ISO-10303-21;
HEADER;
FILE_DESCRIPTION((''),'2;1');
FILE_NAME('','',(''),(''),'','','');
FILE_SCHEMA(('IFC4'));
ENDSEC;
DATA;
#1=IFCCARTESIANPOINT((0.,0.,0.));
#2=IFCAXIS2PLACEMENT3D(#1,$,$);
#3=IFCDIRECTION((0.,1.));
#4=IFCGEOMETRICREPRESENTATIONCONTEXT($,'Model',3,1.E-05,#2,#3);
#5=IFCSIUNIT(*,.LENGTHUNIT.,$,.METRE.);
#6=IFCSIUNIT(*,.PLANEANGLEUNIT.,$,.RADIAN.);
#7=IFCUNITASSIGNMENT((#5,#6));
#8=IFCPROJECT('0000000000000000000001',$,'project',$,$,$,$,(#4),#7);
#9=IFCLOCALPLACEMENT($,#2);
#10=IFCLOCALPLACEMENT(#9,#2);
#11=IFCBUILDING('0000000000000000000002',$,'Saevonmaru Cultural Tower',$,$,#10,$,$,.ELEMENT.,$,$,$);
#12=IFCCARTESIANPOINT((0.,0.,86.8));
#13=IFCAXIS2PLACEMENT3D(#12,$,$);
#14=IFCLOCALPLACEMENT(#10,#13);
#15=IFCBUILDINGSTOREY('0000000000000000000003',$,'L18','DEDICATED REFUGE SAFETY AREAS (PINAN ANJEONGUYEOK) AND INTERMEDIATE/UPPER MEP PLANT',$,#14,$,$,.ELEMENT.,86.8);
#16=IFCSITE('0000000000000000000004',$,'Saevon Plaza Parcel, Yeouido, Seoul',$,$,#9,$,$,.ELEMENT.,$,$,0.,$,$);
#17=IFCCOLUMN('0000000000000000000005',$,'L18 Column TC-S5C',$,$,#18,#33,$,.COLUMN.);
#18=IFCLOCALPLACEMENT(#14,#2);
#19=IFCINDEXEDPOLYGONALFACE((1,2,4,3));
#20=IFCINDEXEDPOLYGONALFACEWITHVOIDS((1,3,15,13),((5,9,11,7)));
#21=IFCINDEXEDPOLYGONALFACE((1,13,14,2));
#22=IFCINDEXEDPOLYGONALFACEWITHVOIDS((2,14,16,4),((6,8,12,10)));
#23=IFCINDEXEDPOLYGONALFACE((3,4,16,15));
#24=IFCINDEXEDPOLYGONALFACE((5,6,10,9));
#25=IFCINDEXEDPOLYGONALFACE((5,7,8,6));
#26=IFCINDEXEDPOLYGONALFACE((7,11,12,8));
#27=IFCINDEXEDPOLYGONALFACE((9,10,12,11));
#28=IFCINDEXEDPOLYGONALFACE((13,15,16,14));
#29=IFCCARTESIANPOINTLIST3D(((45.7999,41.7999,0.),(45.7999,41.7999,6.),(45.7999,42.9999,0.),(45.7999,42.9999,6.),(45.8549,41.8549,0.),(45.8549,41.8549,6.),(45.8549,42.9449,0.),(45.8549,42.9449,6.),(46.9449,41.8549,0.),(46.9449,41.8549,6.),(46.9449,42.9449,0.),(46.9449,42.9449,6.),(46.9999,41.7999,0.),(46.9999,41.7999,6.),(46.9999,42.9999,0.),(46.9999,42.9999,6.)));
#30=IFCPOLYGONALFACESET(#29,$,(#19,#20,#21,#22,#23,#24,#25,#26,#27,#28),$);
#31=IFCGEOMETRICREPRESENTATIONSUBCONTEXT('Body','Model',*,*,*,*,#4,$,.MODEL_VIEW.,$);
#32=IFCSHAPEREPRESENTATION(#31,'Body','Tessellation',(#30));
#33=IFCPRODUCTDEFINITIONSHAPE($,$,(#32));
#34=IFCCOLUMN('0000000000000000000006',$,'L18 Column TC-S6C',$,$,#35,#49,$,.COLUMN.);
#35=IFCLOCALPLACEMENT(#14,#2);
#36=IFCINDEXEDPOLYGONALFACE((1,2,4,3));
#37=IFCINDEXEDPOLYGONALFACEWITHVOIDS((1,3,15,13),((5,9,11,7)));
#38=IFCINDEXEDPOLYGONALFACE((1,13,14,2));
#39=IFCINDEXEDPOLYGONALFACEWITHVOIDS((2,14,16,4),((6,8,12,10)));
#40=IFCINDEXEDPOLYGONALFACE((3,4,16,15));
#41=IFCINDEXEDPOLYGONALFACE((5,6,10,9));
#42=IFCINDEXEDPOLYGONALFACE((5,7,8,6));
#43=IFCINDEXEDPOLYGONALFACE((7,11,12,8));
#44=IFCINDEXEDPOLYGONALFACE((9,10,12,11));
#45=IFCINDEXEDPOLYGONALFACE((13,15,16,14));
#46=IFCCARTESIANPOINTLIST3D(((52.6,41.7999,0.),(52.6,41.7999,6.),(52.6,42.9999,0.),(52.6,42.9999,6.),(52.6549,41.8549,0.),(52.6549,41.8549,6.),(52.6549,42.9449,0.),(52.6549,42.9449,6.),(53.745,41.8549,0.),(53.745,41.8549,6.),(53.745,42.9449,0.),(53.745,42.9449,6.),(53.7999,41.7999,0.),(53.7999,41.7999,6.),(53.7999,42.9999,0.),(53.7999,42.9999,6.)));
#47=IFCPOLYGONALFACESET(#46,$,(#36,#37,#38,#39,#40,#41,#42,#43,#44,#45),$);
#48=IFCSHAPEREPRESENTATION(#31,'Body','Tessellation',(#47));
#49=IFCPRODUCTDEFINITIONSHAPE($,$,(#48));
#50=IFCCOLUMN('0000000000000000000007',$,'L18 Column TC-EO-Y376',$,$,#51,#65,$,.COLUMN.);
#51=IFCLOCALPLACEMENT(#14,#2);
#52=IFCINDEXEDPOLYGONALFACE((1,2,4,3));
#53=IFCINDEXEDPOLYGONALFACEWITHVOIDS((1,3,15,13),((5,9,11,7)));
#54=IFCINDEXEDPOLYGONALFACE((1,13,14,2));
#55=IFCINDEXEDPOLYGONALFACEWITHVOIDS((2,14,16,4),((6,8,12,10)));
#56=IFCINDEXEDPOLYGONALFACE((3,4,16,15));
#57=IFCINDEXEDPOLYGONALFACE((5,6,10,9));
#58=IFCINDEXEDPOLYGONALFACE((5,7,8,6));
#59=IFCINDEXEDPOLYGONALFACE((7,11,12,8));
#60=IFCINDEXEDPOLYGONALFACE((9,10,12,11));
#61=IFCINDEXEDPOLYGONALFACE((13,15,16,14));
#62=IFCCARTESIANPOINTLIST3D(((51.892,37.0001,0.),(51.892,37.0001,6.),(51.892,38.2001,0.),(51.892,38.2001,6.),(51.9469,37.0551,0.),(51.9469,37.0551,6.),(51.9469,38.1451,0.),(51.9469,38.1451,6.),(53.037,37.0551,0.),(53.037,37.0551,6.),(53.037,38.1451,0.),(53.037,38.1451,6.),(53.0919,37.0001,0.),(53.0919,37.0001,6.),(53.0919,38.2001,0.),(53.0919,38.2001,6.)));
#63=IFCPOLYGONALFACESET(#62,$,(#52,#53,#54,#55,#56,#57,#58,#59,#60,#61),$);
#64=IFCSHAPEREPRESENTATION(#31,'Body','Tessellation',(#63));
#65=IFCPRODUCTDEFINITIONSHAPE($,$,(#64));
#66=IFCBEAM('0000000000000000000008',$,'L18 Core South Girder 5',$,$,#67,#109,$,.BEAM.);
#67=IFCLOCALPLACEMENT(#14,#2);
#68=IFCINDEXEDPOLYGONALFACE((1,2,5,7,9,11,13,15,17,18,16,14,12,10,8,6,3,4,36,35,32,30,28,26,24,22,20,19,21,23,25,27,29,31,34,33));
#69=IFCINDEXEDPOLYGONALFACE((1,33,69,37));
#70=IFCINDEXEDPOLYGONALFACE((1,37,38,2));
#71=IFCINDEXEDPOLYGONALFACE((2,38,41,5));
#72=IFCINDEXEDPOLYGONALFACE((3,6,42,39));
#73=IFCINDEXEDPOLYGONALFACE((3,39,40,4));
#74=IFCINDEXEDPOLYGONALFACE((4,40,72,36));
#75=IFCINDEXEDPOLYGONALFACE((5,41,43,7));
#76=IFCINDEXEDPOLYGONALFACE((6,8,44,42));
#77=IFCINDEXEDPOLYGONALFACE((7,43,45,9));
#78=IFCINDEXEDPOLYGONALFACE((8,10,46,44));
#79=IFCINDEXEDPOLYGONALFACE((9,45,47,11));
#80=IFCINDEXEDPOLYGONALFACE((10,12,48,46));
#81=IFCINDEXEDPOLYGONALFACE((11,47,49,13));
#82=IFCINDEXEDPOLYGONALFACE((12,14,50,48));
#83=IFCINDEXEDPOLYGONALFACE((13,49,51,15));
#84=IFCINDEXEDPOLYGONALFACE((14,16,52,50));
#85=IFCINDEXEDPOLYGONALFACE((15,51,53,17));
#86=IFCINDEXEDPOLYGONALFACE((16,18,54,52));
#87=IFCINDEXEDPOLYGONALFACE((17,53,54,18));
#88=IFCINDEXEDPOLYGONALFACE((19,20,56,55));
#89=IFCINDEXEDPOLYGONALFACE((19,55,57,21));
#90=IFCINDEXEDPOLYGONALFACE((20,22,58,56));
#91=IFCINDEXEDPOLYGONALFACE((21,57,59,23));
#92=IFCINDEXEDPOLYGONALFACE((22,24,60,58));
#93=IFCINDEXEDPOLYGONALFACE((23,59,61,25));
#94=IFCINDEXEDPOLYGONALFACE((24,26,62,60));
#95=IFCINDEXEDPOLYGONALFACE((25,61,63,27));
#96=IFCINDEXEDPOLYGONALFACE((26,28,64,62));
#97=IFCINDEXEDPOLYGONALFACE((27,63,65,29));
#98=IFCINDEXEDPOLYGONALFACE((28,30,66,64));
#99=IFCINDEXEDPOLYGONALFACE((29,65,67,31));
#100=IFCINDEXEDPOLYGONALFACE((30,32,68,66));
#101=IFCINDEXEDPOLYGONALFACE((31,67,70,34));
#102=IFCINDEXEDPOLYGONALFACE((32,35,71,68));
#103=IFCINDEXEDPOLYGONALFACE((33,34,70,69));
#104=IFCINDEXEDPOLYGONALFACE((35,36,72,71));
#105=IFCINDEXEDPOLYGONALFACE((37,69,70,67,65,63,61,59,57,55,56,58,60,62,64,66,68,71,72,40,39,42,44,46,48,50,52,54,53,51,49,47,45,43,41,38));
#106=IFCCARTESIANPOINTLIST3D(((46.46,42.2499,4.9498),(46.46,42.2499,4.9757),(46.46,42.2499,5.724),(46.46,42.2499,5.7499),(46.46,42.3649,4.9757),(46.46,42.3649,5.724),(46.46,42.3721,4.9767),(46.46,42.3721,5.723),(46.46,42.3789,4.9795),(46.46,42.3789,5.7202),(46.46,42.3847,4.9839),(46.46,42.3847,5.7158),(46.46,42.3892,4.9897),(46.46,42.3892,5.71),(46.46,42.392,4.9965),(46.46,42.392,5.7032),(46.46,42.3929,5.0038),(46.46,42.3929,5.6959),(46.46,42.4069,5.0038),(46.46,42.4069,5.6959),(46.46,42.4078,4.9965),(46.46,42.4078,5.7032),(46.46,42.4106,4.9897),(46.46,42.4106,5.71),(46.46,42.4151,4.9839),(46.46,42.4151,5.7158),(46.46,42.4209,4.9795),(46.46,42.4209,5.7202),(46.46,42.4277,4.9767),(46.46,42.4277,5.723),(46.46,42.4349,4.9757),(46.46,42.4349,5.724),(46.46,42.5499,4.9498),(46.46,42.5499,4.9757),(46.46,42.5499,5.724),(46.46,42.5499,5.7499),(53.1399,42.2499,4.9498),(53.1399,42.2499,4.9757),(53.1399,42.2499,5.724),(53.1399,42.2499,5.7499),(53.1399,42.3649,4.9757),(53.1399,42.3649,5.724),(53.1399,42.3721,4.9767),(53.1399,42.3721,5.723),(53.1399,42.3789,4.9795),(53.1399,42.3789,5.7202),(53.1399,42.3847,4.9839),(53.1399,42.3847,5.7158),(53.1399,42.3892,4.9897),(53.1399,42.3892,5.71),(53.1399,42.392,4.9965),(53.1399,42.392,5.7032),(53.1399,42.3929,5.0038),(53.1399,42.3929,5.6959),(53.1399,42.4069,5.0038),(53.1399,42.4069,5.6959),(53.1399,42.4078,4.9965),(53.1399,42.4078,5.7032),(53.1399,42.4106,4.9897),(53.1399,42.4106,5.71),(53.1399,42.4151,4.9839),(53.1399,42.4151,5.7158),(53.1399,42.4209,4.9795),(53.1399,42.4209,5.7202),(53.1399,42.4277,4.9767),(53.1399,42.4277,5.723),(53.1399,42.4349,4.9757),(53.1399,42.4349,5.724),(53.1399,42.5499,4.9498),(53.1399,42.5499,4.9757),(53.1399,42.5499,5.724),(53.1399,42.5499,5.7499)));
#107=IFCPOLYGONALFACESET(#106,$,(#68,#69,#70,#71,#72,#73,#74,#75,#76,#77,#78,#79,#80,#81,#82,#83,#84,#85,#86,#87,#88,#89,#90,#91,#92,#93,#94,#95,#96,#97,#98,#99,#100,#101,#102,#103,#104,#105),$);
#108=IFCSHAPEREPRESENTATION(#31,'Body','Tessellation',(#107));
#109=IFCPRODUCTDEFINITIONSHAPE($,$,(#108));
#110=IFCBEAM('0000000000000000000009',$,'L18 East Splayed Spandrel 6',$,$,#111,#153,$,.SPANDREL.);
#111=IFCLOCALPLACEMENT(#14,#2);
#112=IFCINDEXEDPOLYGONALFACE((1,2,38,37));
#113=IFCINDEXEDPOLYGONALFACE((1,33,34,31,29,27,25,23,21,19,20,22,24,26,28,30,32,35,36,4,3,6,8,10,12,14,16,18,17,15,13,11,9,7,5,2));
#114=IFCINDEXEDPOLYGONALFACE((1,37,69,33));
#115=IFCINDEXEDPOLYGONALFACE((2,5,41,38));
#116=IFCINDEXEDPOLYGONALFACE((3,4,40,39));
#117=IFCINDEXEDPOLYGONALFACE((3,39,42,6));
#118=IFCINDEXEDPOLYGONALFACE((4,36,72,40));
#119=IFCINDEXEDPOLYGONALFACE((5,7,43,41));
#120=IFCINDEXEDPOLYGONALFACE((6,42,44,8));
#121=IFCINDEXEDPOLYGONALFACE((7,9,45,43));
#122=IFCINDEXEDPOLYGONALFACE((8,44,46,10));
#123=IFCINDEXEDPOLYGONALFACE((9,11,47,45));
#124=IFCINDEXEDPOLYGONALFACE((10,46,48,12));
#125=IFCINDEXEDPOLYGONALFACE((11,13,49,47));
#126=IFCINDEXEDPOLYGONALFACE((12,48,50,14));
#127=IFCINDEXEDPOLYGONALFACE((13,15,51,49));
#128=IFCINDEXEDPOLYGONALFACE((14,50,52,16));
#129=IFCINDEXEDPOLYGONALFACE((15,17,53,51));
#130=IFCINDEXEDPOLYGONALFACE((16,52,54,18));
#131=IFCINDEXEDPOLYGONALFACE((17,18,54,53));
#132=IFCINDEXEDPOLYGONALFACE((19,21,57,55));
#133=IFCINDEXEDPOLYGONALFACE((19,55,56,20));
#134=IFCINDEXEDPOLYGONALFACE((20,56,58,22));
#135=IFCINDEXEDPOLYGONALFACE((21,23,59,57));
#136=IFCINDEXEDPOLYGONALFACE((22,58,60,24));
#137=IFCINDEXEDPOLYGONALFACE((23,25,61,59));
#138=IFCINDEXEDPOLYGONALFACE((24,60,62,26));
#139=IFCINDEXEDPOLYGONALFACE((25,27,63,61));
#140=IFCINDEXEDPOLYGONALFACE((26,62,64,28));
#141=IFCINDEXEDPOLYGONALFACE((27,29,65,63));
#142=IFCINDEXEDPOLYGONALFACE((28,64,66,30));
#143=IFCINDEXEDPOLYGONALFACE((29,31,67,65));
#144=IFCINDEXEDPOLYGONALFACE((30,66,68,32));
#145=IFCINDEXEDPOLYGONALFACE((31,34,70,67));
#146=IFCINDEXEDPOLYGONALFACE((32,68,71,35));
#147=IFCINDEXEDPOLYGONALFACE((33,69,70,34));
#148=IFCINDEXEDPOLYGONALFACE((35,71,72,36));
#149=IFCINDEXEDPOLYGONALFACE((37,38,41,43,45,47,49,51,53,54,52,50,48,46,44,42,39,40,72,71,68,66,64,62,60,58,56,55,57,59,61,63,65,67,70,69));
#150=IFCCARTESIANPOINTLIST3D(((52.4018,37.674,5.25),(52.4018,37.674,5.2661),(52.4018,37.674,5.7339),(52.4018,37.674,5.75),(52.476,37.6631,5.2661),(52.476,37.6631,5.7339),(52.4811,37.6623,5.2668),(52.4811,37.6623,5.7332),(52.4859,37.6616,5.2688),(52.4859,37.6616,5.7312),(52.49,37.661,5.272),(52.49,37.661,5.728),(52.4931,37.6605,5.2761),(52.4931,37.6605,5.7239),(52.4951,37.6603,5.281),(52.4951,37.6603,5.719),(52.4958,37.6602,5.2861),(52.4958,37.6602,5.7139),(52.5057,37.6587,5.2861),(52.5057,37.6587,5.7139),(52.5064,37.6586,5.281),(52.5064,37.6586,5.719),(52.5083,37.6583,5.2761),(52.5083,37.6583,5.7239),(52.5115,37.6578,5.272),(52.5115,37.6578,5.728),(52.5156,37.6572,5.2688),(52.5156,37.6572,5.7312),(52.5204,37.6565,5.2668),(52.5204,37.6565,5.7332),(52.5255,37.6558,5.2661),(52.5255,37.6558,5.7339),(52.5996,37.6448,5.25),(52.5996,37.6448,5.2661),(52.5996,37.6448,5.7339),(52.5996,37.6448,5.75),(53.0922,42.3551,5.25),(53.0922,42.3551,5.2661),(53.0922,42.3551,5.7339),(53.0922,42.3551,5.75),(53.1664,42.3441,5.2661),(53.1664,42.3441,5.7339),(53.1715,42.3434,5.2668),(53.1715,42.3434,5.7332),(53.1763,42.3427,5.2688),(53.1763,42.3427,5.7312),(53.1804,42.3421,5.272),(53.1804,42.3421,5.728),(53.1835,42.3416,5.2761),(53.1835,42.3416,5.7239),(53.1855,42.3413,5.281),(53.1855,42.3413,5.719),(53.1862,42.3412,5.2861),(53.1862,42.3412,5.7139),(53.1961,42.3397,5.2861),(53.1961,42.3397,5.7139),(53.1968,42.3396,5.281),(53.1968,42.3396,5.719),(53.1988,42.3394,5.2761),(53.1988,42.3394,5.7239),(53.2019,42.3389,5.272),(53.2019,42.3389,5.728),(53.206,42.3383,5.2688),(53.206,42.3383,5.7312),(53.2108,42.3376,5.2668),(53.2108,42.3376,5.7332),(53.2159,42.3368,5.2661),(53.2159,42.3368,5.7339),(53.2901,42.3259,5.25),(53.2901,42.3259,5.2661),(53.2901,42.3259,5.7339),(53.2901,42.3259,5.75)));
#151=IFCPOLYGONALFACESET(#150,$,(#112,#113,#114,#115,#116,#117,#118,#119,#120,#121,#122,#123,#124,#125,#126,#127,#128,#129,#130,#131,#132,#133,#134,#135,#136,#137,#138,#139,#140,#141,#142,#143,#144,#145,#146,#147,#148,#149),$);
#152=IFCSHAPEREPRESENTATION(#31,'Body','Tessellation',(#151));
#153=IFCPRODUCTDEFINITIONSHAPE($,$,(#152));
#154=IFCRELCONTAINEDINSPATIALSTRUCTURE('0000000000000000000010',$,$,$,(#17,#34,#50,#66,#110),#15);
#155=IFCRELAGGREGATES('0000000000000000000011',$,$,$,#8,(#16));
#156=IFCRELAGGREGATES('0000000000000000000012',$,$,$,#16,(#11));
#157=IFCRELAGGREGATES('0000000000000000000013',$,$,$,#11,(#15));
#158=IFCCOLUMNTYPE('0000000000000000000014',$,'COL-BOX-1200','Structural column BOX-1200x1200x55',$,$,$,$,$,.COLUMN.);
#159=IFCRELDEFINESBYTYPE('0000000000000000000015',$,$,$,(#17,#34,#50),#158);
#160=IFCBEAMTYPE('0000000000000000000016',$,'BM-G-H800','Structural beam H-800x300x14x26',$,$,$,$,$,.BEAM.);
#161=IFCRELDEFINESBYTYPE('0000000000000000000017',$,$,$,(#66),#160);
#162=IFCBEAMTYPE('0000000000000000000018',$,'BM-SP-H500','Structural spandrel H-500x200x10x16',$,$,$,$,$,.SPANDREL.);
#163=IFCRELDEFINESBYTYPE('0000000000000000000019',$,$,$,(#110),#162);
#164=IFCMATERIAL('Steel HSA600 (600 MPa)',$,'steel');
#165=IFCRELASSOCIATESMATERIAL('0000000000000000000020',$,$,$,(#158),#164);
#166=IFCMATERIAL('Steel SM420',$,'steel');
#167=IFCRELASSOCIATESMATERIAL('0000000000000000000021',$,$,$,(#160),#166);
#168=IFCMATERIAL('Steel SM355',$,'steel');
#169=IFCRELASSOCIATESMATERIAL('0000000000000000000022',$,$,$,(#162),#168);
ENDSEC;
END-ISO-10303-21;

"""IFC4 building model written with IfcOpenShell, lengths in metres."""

from ifc_helpers import new_model, si_unit, direction, frame, origin, origin_2d, place, context, subcontext, project, spatial, hollow_rectangle, i_section, extrude, material, material_profile, profile_set, type_object, element, save


model = new_model("IFC4")

# Units and contexts
model_context = context("Model", 3, precision=1e-05, world=origin(), true_north=direction((0.0, 1.0)))
body_context = subcontext(model_context, "Body", "Model", "MODEL_VIEW")
ifc_project = project(units=[si_unit("LENGTHUNIT", "METRE"), si_unit("PLANEANGLEUNIT", "RADIAN")], contexts=[model_context])

# Site, building, storey
site_placement = place(None, origin())
site = spatial("IfcSite", under=ifc_project, at=site_placement, Name="Saevon Plaza Parcel, Yeouido, Seoul", CompositionType="ELEMENT", RefElevation=0.0)
building_placement = place(site_placement, origin())
building = spatial("IfcBuilding", under=site, at=building_placement, Name="Saevonmaru Cultural Tower", CompositionType="ELEMENT")
storey_placement = place(building_placement, frame((0.0, 0.0, 86.8)))
storey = spatial("IfcBuildingStorey", under=building, at=storey_placement, Name="L18", Description="DEDICATED REFUGE SAFETY AREAS (PINAN ANJEONGUYEOK) AND INTERMEDIATE/UPPER MEP PLANT", CompositionType="ELEMENT", Elevation=86.8)

# Columns
ifc_material_1 = material(Name="Steel HSA600 (600 MPa)", Category="steel")
ifc_material_profile_1 = material_profile(ifc_material_1, hollow_rectangle(XDim=1.2, YDim=1.2, WallThickness=0.0549, at=origin_2d()), Name="BOX-1200x1200x55")
ifc_profile_set_1 = profile_set([ifc_material_profile_1], Name="Steel HSA600 (600 MPa)")
column_type = type_object("IfcColumnType", Name="COL-BOX-1200", Description="Structural column BOX-1200x1200x55", PredefinedType="COLUMN", material=ifc_profile_set_1)
for number, where, z_axis, x_axis, name in (
    (1, (46.3999, 42.3999, 0.0), (0.0, 0.0, 1.0), (1.0, 0.0, 0.0), "L18 Column TC-S5C"),
    (2, (53.2, 42.3999, 0.0), (0.0, 0.0, 1.0), (1.0, 0.0, 0.0), "L18 Column TC-S6C"),
    (3, (52.4919, 37.6001, 0.0), (0.0, 0.0, 1.0), (1.0, 0.0, 0.0), "L18 Column TC-EO-Y376"),
):
    element("IfcColumn", number, at=place(storey_placement, frame(where, z_axis=z_axis, x_axis=x_axis)), inside=storey, type_object=column_type, Name=name, PredefinedType="COLUMN", context=body_context, shape_type="SweptSolid", body=[
        extrude(hollow_rectangle(XDim=1.2, YDim=1.2, WallThickness=0.0549, at=origin_2d()), origin(), (0.0, 0.0, 1.0), 6.0),
    ])

# Beams
ifc_material_2 = material(Name="Steel SM420", Category="steel")
ifc_material_profile_2 = material_profile(ifc_material_2, i_section(OverallWidth=0.3, OverallDepth=0.8, WebThickness=0.0139, FlangeThickness=0.0259, FilletRadius=0.0281, at=origin_2d()), Name="H-800x300x14x26")
ifc_profile_set_2 = profile_set([ifc_material_profile_2], Name="Steel SM420")
beam_type_1 = type_object("IfcBeamType", Name="BM-G-H800", Description="Structural beam H-800x300x14x26", PredefinedType="BEAM", material=ifc_profile_set_2)
beam_1_placement = place(storey_placement, frame((46.46, 42.3999, 5.3499), z_axis=(1.0, 0.0, 0.0), x_axis=(0.0, 1.0, 0.0)))
element("IfcBeam", 4, at=beam_1_placement, inside=storey, type_object=beam_type_1, Name="L18 Core South Girder 5", PredefinedType="BEAM", context=body_context, shape_type="SweptSolid", body=[
    extrude(i_section(OverallWidth=0.3, OverallDepth=0.8, WebThickness=0.0139, FlangeThickness=0.0259, FilletRadius=0.0281, at=origin_2d()), origin(), (0.0, 0.0, 1.0), 6.6799),
])
ifc_material_3 = material(Name="Steel SM355", Category="steel")
ifc_material_profile_3 = material_profile(ifc_material_3, i_section(OverallWidth=0.2, OverallDepth=0.5, WebThickness=0.01, FlangeThickness=0.0161, FilletRadius=0.02, at=origin_2d()), Name="H-500x200x10x16")
ifc_profile_set_3 = profile_set([ifc_material_profile_3], Name="Steel SM355")
beam_type_2 = type_object("IfcBeamType", Name="BM-SP-H500", Description="Structural spandrel H-500x200x10x16", PredefinedType="SPANDREL", material=ifc_profile_set_3)
beam_2_placement = place(storey_placement, frame((52.5007, 37.6594, 5.5), z_axis=(0.145913, 0.989297, 0.0), x_axis=(-0.989297, 0.145913, 0.0)))
element("IfcBeam", 5, at=beam_2_placement, inside=storey, type_object=beam_type_2, Name="L18 East Splayed Spandrel 6", PredefinedType="SPANDREL", context=body_context, shape_type="SweptSolid", body=[
    extrude(i_section(OverallWidth=0.2, OverallDepth=0.5, WebThickness=0.01, FlangeThickness=0.0161, FilletRadius=0.02, at=origin_2d()), origin(), (0.0, 0.0, 1.0), 4.7317),
])

save(model, "model.ifc")
